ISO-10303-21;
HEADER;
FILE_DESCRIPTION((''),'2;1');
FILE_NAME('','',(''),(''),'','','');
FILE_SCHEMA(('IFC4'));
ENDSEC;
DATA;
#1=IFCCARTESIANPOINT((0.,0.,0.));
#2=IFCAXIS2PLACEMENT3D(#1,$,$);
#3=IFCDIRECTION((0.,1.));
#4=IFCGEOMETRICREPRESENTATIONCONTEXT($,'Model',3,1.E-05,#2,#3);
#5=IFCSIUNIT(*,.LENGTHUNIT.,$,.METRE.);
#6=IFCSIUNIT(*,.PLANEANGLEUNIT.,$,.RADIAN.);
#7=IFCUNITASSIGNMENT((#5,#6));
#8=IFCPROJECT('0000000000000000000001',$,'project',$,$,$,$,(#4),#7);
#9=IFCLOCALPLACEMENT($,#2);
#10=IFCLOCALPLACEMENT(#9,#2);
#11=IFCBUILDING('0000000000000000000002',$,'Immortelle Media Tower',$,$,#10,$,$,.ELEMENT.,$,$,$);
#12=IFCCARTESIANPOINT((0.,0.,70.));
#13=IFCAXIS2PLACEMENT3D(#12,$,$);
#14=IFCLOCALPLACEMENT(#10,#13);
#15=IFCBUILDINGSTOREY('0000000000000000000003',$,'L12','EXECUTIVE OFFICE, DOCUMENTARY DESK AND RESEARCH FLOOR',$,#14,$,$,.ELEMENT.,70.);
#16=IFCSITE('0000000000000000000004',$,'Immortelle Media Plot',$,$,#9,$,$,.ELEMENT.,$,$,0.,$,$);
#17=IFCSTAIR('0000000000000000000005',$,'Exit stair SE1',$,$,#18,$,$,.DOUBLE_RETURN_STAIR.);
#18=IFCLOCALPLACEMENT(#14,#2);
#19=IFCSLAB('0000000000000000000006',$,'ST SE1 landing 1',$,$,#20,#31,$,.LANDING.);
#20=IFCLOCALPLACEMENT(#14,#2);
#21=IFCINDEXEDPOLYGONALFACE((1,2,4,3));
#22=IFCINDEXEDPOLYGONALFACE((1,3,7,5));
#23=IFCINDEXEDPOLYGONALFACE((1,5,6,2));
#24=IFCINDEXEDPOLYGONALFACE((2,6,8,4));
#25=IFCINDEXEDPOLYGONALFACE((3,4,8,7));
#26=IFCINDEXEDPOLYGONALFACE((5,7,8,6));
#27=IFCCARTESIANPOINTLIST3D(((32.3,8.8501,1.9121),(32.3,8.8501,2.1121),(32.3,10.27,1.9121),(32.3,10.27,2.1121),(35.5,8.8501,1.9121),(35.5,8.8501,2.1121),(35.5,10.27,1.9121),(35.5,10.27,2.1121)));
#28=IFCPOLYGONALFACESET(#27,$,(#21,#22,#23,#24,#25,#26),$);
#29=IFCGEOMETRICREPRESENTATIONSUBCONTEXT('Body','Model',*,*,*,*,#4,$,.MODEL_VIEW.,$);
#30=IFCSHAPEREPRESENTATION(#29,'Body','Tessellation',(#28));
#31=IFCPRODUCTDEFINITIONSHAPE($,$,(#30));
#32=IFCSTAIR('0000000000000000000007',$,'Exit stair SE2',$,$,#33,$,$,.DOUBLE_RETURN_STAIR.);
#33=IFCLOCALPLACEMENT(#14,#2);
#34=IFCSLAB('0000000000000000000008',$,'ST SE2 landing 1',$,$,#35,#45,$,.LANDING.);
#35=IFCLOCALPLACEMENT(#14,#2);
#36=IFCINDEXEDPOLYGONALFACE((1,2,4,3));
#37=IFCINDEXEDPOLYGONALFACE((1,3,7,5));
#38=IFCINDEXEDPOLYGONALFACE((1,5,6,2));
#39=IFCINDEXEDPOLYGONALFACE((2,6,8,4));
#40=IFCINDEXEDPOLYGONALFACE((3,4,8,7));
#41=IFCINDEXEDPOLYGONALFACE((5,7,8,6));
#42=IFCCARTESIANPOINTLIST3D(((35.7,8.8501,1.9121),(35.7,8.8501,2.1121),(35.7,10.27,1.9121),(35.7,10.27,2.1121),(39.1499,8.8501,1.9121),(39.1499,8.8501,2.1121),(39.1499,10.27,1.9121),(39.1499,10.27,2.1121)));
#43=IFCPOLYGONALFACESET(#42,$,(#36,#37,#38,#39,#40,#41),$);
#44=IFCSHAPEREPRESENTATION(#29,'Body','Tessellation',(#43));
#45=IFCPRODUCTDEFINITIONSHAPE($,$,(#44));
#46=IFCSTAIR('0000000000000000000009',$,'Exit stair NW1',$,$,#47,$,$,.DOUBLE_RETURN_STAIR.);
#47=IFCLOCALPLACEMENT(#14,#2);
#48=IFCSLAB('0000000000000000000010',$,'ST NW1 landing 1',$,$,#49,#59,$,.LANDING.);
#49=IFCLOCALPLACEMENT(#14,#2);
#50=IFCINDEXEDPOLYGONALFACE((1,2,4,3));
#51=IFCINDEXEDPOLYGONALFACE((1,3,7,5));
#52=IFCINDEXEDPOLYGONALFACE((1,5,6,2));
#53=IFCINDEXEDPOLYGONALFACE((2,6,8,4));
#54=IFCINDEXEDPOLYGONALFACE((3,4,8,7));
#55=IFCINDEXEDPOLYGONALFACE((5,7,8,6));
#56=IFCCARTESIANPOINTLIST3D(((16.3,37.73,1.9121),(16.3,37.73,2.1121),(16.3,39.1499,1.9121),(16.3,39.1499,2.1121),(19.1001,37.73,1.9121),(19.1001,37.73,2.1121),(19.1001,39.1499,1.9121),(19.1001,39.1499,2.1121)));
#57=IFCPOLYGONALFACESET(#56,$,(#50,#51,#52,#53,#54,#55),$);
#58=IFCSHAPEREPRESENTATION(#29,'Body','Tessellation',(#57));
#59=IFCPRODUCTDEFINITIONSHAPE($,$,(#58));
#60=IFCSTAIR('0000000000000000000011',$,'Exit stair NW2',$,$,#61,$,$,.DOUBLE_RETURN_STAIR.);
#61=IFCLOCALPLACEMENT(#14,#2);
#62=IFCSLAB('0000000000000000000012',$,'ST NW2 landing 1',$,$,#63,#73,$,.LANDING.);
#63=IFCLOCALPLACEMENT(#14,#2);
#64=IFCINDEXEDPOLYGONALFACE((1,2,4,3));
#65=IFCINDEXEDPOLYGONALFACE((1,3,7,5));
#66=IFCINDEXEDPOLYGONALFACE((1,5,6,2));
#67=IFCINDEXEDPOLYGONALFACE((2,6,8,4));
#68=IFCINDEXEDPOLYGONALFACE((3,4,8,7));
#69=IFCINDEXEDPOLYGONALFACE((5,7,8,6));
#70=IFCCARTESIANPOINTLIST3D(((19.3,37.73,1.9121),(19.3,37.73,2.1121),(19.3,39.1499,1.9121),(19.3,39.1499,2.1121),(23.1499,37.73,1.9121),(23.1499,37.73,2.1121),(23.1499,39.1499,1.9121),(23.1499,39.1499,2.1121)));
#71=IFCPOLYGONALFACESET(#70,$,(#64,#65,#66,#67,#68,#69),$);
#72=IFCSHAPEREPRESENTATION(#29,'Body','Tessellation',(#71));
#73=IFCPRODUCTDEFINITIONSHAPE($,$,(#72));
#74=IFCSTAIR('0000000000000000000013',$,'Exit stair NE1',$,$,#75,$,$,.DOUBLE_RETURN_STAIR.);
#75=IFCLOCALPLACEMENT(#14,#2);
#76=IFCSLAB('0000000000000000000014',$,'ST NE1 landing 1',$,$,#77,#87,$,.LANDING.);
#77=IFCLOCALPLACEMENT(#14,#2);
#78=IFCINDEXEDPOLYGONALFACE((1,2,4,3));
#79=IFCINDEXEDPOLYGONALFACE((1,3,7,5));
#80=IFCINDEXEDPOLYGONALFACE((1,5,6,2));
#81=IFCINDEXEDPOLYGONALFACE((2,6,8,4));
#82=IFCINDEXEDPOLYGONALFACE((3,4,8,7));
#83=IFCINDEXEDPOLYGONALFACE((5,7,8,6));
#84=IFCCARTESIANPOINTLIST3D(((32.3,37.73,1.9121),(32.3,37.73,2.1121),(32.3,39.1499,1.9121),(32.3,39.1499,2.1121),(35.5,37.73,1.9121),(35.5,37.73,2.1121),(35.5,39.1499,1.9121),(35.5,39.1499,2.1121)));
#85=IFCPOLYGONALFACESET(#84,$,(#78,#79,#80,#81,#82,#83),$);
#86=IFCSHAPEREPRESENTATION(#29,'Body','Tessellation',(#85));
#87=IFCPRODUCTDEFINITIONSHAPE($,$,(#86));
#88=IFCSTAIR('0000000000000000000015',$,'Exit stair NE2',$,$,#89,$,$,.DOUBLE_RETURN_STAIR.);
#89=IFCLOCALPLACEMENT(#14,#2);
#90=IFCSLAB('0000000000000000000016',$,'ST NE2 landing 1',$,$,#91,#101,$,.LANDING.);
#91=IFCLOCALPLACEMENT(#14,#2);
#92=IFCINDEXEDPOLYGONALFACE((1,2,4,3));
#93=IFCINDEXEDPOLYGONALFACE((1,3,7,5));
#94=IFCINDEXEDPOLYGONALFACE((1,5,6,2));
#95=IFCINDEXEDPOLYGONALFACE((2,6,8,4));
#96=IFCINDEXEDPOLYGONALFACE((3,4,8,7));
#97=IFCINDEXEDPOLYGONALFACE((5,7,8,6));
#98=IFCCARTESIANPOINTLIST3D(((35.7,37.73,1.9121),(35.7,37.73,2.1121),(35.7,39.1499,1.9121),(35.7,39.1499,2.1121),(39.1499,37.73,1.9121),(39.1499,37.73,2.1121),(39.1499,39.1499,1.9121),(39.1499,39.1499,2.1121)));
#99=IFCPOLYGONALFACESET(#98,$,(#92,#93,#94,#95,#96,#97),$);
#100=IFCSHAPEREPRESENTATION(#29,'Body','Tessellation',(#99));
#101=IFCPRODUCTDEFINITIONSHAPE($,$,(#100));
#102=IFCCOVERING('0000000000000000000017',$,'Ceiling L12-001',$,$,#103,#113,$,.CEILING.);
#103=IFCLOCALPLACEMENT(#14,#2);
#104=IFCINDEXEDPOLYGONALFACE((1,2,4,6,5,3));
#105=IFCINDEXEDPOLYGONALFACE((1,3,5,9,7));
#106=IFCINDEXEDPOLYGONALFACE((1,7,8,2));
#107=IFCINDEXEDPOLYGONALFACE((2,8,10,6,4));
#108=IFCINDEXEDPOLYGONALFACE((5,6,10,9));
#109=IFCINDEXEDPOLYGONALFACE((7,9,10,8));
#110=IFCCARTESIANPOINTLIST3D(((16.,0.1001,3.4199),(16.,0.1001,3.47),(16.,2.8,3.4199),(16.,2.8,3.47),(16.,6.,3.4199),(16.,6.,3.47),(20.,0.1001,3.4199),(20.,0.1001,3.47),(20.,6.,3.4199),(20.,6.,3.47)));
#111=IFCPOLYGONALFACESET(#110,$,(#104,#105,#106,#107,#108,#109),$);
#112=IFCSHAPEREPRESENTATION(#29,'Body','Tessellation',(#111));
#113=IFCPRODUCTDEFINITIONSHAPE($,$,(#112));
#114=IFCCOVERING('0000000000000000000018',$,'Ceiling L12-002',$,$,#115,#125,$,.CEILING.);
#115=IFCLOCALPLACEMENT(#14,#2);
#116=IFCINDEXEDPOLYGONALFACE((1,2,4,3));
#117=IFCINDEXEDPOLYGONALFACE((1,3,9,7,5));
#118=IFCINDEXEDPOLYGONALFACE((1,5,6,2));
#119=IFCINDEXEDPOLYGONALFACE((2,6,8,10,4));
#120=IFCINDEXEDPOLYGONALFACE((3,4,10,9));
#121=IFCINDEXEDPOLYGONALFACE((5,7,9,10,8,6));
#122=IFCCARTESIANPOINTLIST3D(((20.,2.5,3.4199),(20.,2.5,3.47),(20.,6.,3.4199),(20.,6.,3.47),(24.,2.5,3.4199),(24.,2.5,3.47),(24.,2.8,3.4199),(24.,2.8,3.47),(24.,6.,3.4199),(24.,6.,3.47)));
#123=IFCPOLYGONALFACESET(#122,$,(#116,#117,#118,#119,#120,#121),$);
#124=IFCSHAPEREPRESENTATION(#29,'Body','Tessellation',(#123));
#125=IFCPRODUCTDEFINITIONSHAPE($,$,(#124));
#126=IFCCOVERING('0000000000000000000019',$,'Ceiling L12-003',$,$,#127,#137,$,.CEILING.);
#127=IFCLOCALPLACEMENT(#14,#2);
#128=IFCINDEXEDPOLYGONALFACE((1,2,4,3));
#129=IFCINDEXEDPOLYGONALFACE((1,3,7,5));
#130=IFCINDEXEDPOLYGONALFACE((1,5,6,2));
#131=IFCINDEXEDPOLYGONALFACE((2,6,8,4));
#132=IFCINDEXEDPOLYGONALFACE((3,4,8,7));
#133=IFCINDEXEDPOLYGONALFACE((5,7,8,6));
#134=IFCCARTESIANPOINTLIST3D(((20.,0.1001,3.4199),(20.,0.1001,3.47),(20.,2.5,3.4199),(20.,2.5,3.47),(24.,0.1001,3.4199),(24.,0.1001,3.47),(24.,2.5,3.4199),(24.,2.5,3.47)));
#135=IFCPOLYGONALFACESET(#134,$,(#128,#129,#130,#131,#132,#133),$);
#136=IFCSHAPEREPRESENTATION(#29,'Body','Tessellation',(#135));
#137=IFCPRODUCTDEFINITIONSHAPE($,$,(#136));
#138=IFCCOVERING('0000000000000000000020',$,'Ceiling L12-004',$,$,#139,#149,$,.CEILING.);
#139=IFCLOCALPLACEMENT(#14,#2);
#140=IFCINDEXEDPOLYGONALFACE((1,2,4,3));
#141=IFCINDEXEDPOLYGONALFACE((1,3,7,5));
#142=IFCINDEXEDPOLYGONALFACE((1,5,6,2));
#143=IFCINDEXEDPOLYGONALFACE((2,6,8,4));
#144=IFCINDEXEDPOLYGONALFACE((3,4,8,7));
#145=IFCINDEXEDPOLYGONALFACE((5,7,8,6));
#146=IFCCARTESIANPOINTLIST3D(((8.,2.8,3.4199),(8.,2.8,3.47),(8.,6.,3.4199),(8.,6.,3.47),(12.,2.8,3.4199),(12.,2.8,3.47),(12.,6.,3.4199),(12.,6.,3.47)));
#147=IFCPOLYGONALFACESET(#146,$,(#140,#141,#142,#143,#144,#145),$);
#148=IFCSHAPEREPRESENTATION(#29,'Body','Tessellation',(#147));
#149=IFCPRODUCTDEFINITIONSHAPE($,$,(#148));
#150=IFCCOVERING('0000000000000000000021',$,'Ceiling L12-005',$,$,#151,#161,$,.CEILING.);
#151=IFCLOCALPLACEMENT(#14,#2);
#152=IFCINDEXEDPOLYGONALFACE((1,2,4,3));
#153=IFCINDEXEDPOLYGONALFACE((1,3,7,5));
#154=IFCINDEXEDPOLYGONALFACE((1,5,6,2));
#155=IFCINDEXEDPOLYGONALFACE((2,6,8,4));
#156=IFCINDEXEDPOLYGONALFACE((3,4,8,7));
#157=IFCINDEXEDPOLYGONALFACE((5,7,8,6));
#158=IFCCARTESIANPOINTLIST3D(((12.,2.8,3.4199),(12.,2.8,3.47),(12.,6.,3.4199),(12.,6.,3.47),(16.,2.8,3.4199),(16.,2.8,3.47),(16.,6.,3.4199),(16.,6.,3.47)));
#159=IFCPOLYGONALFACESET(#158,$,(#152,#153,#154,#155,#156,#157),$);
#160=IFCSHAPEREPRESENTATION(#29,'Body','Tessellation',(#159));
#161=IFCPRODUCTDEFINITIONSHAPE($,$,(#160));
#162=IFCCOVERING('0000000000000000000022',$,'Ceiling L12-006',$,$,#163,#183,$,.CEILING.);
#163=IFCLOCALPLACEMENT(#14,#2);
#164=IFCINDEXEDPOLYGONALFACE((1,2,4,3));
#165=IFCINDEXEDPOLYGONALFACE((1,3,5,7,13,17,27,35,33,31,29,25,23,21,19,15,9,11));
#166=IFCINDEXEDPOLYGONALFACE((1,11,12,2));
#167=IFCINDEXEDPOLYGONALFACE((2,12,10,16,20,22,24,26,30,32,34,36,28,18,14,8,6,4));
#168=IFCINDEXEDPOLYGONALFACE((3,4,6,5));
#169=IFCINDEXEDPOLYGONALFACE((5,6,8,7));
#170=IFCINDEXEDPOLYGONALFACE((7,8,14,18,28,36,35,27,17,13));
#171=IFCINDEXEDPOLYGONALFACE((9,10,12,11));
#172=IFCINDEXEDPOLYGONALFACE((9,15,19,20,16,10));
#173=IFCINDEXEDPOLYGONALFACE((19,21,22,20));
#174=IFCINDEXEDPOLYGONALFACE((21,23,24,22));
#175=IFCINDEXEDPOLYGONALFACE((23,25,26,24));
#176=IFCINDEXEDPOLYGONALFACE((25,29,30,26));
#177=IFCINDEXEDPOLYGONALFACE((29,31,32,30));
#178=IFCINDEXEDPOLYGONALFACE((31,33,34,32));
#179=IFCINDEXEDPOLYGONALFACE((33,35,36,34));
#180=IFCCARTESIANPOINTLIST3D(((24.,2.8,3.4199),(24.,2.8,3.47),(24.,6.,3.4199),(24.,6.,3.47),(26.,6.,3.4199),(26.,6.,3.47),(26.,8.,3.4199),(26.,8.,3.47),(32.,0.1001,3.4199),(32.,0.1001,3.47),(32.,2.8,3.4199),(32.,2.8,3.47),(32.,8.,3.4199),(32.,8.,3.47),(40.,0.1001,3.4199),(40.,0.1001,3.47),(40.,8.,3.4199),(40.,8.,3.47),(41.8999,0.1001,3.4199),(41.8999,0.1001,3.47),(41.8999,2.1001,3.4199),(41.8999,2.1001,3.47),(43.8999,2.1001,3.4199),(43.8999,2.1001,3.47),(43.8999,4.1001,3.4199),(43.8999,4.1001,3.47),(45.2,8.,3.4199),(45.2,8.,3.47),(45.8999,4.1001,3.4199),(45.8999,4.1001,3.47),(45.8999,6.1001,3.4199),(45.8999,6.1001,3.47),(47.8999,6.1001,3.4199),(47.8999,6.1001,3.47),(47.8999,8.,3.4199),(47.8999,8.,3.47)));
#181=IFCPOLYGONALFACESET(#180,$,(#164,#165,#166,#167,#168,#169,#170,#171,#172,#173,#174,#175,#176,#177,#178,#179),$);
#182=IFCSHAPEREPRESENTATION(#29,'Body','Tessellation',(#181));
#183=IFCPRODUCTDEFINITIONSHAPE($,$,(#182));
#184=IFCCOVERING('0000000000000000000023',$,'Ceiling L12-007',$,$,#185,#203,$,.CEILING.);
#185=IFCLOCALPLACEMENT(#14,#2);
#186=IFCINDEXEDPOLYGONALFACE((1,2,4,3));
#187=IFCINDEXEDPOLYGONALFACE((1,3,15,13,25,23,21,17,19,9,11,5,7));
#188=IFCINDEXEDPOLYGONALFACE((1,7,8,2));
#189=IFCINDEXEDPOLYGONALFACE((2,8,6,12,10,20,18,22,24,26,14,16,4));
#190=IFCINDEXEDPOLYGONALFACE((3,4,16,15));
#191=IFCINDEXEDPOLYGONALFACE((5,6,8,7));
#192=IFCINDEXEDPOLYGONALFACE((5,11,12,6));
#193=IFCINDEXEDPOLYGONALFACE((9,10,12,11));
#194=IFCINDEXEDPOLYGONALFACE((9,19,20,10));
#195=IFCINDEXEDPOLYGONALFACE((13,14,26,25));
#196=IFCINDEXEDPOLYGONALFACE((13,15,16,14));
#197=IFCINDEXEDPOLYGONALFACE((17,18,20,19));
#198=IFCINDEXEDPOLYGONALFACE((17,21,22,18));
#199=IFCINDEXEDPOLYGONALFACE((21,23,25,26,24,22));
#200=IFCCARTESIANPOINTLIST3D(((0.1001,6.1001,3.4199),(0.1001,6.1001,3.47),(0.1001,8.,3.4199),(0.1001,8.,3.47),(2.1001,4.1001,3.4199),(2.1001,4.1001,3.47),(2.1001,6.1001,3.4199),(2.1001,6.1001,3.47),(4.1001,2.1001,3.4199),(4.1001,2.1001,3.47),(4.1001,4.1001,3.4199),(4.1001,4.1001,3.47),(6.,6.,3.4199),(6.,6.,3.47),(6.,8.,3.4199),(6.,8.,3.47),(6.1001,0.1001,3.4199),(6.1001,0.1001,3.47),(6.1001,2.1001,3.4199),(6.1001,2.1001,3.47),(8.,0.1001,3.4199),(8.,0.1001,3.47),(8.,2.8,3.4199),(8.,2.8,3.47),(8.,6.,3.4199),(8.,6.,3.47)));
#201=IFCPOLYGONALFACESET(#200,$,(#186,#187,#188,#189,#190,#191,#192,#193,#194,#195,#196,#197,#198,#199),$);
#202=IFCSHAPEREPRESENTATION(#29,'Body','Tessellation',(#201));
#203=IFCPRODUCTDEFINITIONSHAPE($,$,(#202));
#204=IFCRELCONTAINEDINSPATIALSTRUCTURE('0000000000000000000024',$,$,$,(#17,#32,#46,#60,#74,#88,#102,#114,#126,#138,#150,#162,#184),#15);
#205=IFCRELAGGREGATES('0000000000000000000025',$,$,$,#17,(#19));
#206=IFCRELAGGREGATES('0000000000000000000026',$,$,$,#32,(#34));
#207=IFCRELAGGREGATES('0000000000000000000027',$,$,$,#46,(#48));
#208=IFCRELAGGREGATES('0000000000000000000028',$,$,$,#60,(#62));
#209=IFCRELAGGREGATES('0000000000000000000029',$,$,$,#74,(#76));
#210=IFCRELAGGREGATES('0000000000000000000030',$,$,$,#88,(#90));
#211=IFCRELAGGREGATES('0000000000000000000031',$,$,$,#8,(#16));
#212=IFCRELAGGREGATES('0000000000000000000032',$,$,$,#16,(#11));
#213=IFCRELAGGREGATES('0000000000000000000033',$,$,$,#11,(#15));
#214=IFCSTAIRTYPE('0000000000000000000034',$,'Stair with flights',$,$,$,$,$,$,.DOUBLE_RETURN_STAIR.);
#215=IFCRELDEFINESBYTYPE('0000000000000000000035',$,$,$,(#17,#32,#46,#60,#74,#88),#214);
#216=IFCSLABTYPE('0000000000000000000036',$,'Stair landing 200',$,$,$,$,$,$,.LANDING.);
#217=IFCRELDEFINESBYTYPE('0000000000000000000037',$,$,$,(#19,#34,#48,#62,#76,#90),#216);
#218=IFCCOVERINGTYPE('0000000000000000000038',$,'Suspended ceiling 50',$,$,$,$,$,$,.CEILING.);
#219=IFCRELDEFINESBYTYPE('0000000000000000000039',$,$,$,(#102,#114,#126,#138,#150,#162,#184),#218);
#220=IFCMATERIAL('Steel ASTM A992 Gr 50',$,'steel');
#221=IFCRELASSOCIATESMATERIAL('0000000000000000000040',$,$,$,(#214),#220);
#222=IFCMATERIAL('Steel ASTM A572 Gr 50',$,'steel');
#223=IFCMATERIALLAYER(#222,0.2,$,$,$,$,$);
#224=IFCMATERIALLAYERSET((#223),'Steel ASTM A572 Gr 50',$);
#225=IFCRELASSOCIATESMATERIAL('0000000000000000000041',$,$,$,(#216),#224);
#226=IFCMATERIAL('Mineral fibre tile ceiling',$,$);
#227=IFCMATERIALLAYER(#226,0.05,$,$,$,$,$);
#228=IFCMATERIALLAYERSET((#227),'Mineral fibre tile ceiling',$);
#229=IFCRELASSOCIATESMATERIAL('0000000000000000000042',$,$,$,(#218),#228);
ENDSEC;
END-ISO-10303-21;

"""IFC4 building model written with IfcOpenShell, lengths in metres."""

from ifc_helpers import new_model, si_unit, direction, frame, origin, place, context, subcontext, project, spatial, polyline, outline, extrude, material, layer, layer_set, type_object, element, aggregate, save


model = new_model("IFC4")

# Units and contexts
model_context = context("Model", 3, precision=1e-05, world=origin(), true_north=direction((0.0, 1.0)))
body_context = subcontext(model_context, "Body", "Model", "MODEL_VIEW")
ifc_project = project(units=[si_unit("LENGTHUNIT", "METRE"), si_unit("PLANEANGLEUNIT", "RADIAN")], contexts=[model_context])

# Site, building, storey
site_placement = place(None, origin())
site = spatial("IfcSite", under=ifc_project, at=site_placement, Name="Immortelle Media Plot", CompositionType="ELEMENT", RefElevation=0.0)
building_placement = place(site_placement, origin())
building = spatial("IfcBuilding", under=site, at=building_placement, Name="Immortelle Media Tower", CompositionType="ELEMENT")
storey_placement = place(building_placement, frame((0.0, 0.0, 70.0)))
storey = spatial("IfcBuildingStorey", under=building, at=storey_placement, Name="L12", Description="EXECUTIVE OFFICE, DOCUMENTARY DESK AND RESEARCH FLOOR", CompositionType="ELEMENT", Elevation=70.0)

# Stairs, slabs
ifc_material_1 = material(Name="Steel ASTM A992 Gr 50", Category="steel")
stair_type = type_object("IfcStairType", Name="Stair with flights", PredefinedType="DOUBLE_RETURN_STAIR", material=ifc_material_1)
ifc_material_2 = material(Name="Steel ASTM A572 Gr 50", Category="steel")
ifc_layer_1 = layer(ifc_material_2, 0.2)
ifc_layer_set_1 = layer_set([ifc_layer_1], Name="Steel ASTM A572 Gr 50")
slab_type_1 = type_object("IfcSlabType", Name="Stair landing 200", PredefinedType="LANDING", material=ifc_layer_set_1)
stair_1_placement = place(storey_placement, origin())
stair_1 = element("IfcStair", 1, at=stair_1_placement, inside=storey, type_object=stair_type, Name="Exit stair SE1", PredefinedType="DOUBLE_RETURN_STAIR")
slab_1_placement = place(storey_placement, frame((0.0, 0.0, 1.9121)))
slab_1 = element("IfcSlab", 2, at=slab_1_placement, type_object=slab_type_1, Name="ST SE1 landing 1", PredefinedType="LANDING", context=body_context, shape_type="SweptSolid", body=[
    extrude(outline(polyline([(32.3, 8.8501), (35.5, 8.8501), (35.5, 10.27), (32.3, 10.27), (32.3, 8.8501)])), origin(), (0.0, 0.0, 1.0), 0.2),
])
aggregate(stair_1, [slab_1])
stair_2_placement = place(storey_placement, origin())
stair_2 = element("IfcStair", 3, at=stair_2_placement, inside=storey, type_object=stair_type, Name="Exit stair SE2", PredefinedType="DOUBLE_RETURN_STAIR")
slab_2_placement = place(storey_placement, frame((0.0, 0.0, 1.9121)))
slab_2 = element("IfcSlab", 4, at=slab_2_placement, type_object=slab_type_1, Name="ST SE2 landing 1", PredefinedType="LANDING", context=body_context, shape_type="SweptSolid", body=[
    extrude(outline(polyline([(35.7, 8.8501), (39.1499, 8.8501), (39.1499, 10.27), (35.7, 10.27), (35.7, 8.8501)])), origin(), (0.0, 0.0, 1.0), 0.2),
])
aggregate(stair_2, [slab_2])
stair_3_placement = place(storey_placement, origin())
stair_3 = element("IfcStair", 5, at=stair_3_placement, inside=storey, type_object=stair_type, Name="Exit stair NW1", PredefinedType="DOUBLE_RETURN_STAIR")
slab_3_placement = place(storey_placement, frame((0.0, 0.0, 1.9121)))
slab_3 = element("IfcSlab", 6, at=slab_3_placement, type_object=slab_type_1, Name="ST NW1 landing 1", PredefinedType="LANDING", context=body_context, shape_type="SweptSolid", body=[
    extrude(outline(polyline([(16.3, 37.73), (19.1001, 37.73), (19.1001, 39.1499), (16.3, 39.1499), (16.3, 37.73)])), origin(), (0.0, 0.0, 1.0), 0.2),
])
aggregate(stair_3, [slab_3])
stair_4_placement = place(storey_placement, origin())
stair_4 = element("IfcStair", 7, at=stair_4_placement, inside=storey, type_object=stair_type, Name="Exit stair NW2", PredefinedType="DOUBLE_RETURN_STAIR")
slab_4_placement = place(storey_placement, frame((0.0, 0.0, 1.9121)))
slab_4 = element("IfcSlab", 8, at=slab_4_placement, type_object=slab_type_1, Name="ST NW2 landing 1", PredefinedType="LANDING", context=body_context, shape_type="SweptSolid", body=[
    extrude(outline(polyline([(19.3, 37.73), (23.1499, 37.73), (23.1499, 39.1499), (19.3, 39.1499), (19.3, 37.73)])), origin(), (0.0, 0.0, 1.0), 0.2),
])
aggregate(stair_4, [slab_4])
stair_5_placement = place(storey_placement, origin())
stair_5 = element("IfcStair", 9, at=stair_5_placement, inside=storey, type_object=stair_type, Name="Exit stair NE1", PredefinedType="DOUBLE_RETURN_STAIR")
slab_5_placement = place(storey_placement, frame((0.0, 0.0, 1.9121)))
slab_5 = element("IfcSlab", 10, at=slab_5_placement, type_object=slab_type_1, Name="ST NE1 landing 1", PredefinedType="LANDING", context=body_context, shape_type="SweptSolid", body=[
    extrude(outline(polyline([(32.3, 37.73), (35.5, 37.73), (35.5, 39.1499), (32.3, 39.1499), (32.3, 37.73)])), origin(), (0.0, 0.0, 1.0), 0.2),
])
aggregate(stair_5, [slab_5])
stair_6_placement = place(storey_placement, origin())
stair_6 = element("IfcStair", 11, at=stair_6_placement, inside=storey, type_object=stair_type, Name="Exit stair NE2", PredefinedType="DOUBLE_RETURN_STAIR")
slab_6_placement = place(storey_placement, frame((0.0, 0.0, 1.9121)))
slab_6 = element("IfcSlab", 12, at=slab_6_placement, type_object=slab_type_1, Name="ST NE2 landing 1", PredefinedType="LANDING", context=body_context, shape_type="SweptSolid", body=[
    extrude(outline(polyline([(35.7, 37.73), (39.1499, 37.73), (39.1499, 39.1499), (35.7, 39.1499), (35.7, 37.73)])), origin(), (0.0, 0.0, 1.0), 0.2),
])
aggregate(stair_6, [slab_6])

# Coverings
ifc_material_3 = material(Name="Mineral fibre tile ceiling")
ifc_layer_2 = layer(ifc_material_3, 0.05)
ifc_layer_set_2 = layer_set([ifc_layer_2], Name="Mineral fibre tile ceiling")
covering_type = type_object("IfcCoveringType", Name="Suspended ceiling 50", PredefinedType="CEILING", material=ifc_layer_set_2)
covering_1_placement = place(storey_placement, frame((0.0, 0.0, 3.4199)))
element("IfcCovering", 13, at=covering_1_placement, inside=storey, type_object=covering_type, Name="Ceiling L12-001", PredefinedType="CEILING", context=body_context, shape_type="SweptSolid", body=[
    extrude(outline(polyline([(16.0, 2.8), (16.0, 6.0), (20.0, 6.0), (20.0, 0.1001), (16.0, 0.1001), (16.0, 2.8)])), origin(), (0.0, 0.0, 1.0), 0.05),
])
covering_2_placement = place(storey_placement, frame((0.0, 0.0, 3.4199)))
element("IfcCovering", 14, at=covering_2_placement, inside=storey, type_object=covering_type, Name="Ceiling L12-002", PredefinedType="CEILING", context=body_context, shape_type="SweptSolid", body=[
    extrude(outline(polyline([(24.0, 2.8), (24.0, 2.5), (20.0, 2.5), (20.0, 6.0), (24.0, 6.0), (24.0, 2.8)])), origin(), (0.0, 0.0, 1.0), 0.05),
])
covering_3_placement = place(storey_placement, frame((0.0, 0.0, 3.4199)))
element("IfcCovering", 15, at=covering_3_placement, inside=storey, type_object=covering_type, Name="Ceiling L12-003", PredefinedType="CEILING", context=body_context, shape_type="SweptSolid", body=[
    extrude(outline(polyline([(24.0, 0.1001), (20.0, 0.1001), (20.0, 2.5), (24.0, 2.5), (24.0, 0.1001)])), origin(), (0.0, 0.0, 1.0), 0.05),
])
covering_4_placement = place(storey_placement, frame((0.0, 0.0, 3.4199)))
element("IfcCovering", 16, at=covering_4_placement, inside=storey, type_object=covering_type, Name="Ceiling L12-004", PredefinedType="CEILING", context=body_context, shape_type="SweptSolid", body=[
    extrude(outline(polyline([(8.0, 6.0), (12.0, 6.0), (12.0, 2.8), (8.0, 2.8), (8.0, 6.0)])), origin(), (0.0, 0.0, 1.0), 0.05),
])
covering_5_placement = place(storey_placement, frame((0.0, 0.0, 3.4199)))
element("IfcCovering", 17, at=covering_5_placement, inside=storey, type_object=covering_type, Name="Ceiling L12-005", PredefinedType="CEILING", context=body_context, shape_type="SweptSolid", body=[
    extrude(outline(polyline([(16.0, 6.0), (16.0, 2.8), (12.0, 2.8), (12.0, 6.0), (16.0, 6.0)])), origin(), (0.0, 0.0, 1.0), 0.05),
])
covering_6_placement = place(storey_placement, frame((0.0, 0.0, 3.4199)))
element("IfcCovering", 18, at=covering_6_placement, inside=storey, type_object=covering_type, Name="Ceiling L12-006", PredefinedType="CEILING", context=body_context, shape_type="SweptSolid", body=[
    extrude(outline(polyline([(24.0, 2.8), (24.0, 6.0), (26.0, 6.0), (26.0, 8.0), (32.0, 8.0), (40.0, 8.0), (45.2, 8.0), (47.8999, 8.0), (47.8999, 6.1001), (45.8999, 6.1001), (45.8999, 4.1001), (43.8999, 4.1001), (43.8999, 2.1001), (41.8999, 2.1001), (41.8999, 0.1001), (40.0, 0.1001), (32.0, 0.1001), (32.0, 2.8), (24.0, 2.8)])), origin(), (0.0, 0.0, 1.0), 0.05),
])
covering_7_placement = place(storey_placement, frame((0.0, 0.0, 3.4199)))
element("IfcCovering", 19, at=covering_7_placement, inside=storey, type_object=covering_type, Name="Ceiling L12-007", PredefinedType="CEILING", context=body_context, shape_type="SweptSolid", body=[
    extrude(outline(polyline([(6.1001, 0.1001), (6.1001, 2.1001), (4.1001, 2.1001), (4.1001, 4.1001), (2.1001, 4.1001), (2.1001, 6.1001), (0.1001, 6.1001), (0.1001, 8.0), (6.0, 8.0), (6.0, 6.0), (8.0, 6.0), (8.0, 2.8), (8.0, 0.1001), (6.1001, 0.1001)])), origin(), (0.0, 0.0, 1.0), 0.05),
])

save(model, "model.ifc")
